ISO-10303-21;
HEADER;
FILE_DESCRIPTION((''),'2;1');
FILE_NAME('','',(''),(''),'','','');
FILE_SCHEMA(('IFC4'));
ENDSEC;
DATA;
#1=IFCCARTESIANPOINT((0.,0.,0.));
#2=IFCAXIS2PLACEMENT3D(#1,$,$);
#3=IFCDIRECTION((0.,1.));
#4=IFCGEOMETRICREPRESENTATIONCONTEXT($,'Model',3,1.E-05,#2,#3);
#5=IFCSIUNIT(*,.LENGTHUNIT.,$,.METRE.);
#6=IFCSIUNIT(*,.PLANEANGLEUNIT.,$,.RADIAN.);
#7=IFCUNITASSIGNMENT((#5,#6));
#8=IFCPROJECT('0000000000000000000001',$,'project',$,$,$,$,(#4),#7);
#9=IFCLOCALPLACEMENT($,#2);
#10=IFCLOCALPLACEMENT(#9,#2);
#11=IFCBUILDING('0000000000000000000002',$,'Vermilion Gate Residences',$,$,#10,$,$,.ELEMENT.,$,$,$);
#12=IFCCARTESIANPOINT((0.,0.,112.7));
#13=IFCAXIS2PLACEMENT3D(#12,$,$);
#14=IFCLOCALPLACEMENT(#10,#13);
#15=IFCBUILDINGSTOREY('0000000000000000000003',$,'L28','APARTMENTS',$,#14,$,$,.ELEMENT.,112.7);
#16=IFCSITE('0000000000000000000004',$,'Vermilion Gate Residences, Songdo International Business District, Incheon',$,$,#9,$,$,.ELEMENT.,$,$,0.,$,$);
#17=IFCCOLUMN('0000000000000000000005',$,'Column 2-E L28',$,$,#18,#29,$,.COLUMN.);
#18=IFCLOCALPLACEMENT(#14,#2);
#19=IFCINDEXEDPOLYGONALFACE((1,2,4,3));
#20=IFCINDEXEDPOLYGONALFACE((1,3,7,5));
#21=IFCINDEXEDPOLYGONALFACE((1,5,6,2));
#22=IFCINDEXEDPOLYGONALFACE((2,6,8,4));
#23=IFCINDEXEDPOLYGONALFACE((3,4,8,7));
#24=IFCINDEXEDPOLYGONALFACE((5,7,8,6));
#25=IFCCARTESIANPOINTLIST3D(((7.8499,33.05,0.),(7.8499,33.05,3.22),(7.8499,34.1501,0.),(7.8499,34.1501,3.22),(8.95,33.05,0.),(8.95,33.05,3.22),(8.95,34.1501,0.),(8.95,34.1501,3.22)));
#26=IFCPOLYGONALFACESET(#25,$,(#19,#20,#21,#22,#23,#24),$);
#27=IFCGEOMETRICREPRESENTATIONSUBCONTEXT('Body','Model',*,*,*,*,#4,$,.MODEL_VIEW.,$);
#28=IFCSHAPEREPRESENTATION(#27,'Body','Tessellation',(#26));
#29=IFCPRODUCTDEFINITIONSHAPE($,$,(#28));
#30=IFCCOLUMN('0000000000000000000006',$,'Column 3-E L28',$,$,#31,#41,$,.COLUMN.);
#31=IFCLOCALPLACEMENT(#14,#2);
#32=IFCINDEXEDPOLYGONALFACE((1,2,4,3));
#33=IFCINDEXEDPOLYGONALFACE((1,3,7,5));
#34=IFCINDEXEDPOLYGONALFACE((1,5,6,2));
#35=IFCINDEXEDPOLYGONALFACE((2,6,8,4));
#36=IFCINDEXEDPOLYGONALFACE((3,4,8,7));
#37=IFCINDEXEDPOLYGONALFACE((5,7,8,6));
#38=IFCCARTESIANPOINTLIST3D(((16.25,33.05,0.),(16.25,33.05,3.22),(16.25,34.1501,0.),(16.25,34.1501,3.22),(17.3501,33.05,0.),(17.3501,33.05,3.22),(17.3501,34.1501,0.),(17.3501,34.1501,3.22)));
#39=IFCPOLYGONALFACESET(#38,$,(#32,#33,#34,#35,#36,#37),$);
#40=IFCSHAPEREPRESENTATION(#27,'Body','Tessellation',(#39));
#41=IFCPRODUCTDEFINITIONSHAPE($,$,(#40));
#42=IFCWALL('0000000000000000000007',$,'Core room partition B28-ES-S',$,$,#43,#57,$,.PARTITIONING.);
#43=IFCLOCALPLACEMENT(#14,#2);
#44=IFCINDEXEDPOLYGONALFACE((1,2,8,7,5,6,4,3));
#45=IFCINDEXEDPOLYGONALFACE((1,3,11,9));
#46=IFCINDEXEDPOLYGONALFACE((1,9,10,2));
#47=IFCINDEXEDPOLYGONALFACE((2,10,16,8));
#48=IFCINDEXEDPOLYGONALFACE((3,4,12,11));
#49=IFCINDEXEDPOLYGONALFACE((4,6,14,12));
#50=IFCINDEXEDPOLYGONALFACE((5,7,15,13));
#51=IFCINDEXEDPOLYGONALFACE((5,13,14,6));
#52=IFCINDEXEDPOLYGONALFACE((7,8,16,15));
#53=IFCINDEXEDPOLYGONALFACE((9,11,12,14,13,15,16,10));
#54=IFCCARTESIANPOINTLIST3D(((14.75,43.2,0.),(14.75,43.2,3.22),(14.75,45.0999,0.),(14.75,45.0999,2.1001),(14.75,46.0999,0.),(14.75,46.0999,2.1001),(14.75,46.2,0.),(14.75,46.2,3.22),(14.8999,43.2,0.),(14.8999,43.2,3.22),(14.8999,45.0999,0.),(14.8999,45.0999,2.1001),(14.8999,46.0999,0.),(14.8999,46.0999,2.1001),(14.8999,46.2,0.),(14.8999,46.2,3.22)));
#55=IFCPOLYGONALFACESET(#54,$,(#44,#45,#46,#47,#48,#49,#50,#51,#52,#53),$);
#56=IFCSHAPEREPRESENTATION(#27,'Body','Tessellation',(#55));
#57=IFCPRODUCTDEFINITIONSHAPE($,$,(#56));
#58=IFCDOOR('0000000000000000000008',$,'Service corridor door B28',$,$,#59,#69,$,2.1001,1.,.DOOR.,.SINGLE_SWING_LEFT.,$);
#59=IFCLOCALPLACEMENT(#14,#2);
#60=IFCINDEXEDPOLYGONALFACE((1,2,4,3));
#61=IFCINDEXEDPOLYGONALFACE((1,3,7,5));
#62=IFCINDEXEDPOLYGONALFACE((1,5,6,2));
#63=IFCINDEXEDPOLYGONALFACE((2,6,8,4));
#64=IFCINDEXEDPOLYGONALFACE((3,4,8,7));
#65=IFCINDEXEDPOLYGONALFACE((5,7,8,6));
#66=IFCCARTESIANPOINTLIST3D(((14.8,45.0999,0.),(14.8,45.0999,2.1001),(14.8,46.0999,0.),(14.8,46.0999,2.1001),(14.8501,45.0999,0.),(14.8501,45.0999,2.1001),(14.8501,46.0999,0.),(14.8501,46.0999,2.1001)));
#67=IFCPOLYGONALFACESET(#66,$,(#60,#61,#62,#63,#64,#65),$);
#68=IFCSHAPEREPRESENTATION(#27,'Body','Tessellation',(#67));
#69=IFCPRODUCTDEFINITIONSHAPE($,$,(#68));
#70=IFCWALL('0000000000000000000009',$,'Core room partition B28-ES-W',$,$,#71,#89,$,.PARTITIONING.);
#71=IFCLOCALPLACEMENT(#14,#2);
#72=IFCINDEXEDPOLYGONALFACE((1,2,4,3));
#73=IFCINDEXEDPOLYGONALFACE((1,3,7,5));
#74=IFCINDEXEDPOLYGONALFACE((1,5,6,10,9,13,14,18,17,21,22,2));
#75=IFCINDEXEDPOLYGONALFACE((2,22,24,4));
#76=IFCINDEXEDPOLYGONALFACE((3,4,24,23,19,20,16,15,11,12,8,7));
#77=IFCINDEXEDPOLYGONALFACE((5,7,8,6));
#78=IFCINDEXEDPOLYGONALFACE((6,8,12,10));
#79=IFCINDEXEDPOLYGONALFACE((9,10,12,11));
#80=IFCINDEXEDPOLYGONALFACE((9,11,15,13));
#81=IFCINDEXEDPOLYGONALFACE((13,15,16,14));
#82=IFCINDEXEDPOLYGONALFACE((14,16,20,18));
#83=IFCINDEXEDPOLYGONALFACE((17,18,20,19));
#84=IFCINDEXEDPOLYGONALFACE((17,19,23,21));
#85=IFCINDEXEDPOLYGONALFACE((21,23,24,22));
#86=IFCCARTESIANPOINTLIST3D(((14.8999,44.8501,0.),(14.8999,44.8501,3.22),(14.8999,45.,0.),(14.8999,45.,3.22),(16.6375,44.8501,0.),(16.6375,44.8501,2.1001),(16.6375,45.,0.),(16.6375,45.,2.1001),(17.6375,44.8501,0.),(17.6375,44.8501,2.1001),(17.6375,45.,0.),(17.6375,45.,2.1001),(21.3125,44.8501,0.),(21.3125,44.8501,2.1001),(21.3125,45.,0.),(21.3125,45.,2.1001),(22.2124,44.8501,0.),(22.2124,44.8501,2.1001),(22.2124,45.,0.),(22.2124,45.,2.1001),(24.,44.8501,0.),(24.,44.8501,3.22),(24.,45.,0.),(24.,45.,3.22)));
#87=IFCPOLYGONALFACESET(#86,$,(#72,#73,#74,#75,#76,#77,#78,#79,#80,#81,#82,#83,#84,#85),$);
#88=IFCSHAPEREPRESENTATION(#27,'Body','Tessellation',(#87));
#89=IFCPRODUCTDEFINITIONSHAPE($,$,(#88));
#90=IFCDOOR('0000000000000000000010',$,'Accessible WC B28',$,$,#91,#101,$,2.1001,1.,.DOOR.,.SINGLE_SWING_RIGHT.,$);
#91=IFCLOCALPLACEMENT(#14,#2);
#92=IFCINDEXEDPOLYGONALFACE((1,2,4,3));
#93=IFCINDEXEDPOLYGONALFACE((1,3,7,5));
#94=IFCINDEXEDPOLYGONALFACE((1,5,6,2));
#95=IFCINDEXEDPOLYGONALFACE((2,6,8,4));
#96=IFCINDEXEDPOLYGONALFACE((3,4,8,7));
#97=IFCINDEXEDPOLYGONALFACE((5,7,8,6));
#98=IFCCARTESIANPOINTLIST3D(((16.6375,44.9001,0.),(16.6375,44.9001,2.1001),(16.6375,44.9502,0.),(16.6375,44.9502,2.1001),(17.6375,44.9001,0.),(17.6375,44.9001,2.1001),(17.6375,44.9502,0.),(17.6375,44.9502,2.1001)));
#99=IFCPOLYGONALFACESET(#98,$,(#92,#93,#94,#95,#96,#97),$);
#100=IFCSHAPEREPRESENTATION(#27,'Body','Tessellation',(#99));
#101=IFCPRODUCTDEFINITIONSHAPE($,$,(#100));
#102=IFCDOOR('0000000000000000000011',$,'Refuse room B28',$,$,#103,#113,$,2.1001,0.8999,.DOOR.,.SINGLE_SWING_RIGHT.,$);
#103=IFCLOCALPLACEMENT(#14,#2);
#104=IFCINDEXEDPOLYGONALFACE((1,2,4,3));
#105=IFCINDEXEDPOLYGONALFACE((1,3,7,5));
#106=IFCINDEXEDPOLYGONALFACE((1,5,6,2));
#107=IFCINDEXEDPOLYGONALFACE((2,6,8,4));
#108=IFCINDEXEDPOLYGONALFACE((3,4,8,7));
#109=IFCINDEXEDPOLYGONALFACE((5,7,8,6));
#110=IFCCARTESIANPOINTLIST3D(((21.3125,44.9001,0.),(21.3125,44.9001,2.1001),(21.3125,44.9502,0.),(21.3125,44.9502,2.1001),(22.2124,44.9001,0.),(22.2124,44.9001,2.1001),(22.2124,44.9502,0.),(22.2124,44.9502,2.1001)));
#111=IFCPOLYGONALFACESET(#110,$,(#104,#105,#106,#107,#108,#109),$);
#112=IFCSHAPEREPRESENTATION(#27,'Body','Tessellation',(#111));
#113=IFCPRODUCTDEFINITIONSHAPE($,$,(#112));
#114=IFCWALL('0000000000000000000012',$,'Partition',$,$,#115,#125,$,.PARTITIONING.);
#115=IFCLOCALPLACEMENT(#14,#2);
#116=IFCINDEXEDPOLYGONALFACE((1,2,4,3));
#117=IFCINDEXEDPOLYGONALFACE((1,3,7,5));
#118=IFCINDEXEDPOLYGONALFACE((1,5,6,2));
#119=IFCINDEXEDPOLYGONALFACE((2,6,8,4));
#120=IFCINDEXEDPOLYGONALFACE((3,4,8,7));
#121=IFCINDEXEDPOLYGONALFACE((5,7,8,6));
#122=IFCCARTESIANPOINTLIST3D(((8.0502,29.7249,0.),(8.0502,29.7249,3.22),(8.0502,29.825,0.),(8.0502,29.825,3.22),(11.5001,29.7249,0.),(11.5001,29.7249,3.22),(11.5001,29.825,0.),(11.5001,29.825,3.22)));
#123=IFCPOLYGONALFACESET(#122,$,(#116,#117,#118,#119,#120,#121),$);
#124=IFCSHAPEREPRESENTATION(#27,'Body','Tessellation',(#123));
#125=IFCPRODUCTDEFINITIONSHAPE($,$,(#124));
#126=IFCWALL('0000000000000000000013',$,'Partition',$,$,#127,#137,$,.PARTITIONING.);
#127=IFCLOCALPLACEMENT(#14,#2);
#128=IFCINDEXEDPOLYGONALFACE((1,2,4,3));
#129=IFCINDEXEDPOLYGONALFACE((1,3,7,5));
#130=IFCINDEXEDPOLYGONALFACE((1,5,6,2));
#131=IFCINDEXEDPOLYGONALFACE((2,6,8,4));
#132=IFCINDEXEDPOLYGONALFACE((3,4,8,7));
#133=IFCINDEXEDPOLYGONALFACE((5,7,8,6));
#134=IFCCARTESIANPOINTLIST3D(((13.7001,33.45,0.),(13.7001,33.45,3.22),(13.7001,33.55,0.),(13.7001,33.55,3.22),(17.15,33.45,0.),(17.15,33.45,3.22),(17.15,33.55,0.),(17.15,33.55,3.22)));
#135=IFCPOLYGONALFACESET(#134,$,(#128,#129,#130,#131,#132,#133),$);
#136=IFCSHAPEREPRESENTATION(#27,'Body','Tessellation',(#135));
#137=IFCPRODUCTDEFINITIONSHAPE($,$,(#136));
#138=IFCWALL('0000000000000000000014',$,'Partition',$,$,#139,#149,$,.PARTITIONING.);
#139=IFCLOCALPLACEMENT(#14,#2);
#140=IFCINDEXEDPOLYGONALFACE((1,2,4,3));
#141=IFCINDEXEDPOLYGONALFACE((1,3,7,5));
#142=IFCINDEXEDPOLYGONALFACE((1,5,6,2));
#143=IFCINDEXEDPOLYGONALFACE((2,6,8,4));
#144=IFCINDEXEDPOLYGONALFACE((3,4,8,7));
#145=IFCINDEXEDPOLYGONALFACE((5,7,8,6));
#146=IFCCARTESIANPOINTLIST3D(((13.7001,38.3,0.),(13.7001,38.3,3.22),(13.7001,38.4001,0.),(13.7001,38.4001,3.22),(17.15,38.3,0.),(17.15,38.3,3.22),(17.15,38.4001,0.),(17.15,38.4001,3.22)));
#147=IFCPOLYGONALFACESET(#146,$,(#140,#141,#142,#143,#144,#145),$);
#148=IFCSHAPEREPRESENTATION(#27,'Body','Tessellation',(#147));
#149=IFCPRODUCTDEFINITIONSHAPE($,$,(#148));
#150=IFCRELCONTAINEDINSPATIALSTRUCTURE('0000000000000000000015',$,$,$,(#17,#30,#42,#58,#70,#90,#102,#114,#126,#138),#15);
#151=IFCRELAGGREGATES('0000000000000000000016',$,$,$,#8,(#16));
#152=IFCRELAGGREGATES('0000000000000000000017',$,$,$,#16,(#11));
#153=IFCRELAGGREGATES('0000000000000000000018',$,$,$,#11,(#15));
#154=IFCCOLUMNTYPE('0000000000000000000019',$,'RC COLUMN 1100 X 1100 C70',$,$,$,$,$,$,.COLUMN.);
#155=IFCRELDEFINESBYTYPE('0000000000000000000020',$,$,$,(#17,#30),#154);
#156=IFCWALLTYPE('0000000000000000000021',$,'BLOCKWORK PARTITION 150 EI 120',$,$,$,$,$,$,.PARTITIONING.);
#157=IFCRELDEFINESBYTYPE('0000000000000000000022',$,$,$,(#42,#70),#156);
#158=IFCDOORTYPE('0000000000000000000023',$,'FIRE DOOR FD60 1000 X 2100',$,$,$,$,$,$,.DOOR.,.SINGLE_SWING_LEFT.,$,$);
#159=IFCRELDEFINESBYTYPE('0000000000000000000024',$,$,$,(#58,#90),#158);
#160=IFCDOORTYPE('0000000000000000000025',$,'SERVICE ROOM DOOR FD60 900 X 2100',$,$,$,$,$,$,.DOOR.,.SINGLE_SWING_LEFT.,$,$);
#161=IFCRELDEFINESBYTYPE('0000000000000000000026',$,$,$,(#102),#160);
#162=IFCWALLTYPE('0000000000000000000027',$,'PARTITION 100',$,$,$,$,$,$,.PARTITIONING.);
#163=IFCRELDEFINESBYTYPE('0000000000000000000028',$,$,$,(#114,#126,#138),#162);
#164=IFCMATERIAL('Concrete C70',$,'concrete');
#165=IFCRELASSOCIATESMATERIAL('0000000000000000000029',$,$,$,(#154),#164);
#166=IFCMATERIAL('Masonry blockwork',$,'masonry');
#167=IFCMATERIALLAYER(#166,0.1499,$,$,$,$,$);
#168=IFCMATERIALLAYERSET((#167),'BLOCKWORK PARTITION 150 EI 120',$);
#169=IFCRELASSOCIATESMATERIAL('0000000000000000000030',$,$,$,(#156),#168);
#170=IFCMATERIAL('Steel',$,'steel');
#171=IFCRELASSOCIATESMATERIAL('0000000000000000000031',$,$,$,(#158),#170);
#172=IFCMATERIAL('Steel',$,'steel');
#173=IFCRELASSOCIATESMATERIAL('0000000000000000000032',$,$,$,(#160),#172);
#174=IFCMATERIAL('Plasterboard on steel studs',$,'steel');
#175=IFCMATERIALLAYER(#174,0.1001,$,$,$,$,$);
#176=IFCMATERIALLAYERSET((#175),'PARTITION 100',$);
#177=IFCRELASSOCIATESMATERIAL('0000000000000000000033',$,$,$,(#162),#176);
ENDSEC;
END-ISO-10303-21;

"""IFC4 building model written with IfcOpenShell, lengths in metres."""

from ifc_helpers import new_model, si_unit, direction, frame, frame_2d, origin, origin_2d, place, context, subcontext, project, spatial, rectangle, extrude, material, layer, layer_set, material_profile, profile_set, type_object, element, fill, save


model = new_model("IFC4")

# Units and contexts
model_context = context("Model", 3, precision=1e-05, world=origin(), true_north=direction((0.0, 1.0)))
body_context = subcontext(model_context, "Body", "Model", "MODEL_VIEW")
ifc_project = project(units=[si_unit("LENGTHUNIT", "METRE"), si_unit("PLANEANGLEUNIT", "RADIAN")], contexts=[model_context])

# Site, building, storey
site_placement = place(None, origin())
site = spatial("IfcSite", under=ifc_project, at=site_placement, Name="Vermilion Gate Residences, Songdo International Business District, Incheon", CompositionType="ELEMENT", RefElevation=0.0)
building_placement = place(site_placement, origin())
building = spatial("IfcBuilding", under=site, at=building_placement, Name="Vermilion Gate Residences", CompositionType="ELEMENT")
storey_placement = place(building_placement, frame((0.0, 0.0, 112.7)))
storey = spatial("IfcBuildingStorey", under=building, at=storey_placement, Name="L28", Description="APARTMENTS", CompositionType="ELEMENT", Elevation=112.7)

# Columns
ifc_material_1 = material(Name="Concrete C70", Category="concrete")
ifc_material_profile = material_profile(ifc_material_1, rectangle(XDim=1.1001, YDim=1.1001, at=origin_2d()), Name="RC-1100x1100")
ifc_profile_set = profile_set([ifc_material_profile], Name="Concrete C70")
column_type = type_object("IfcColumnType", Name="RC COLUMN 1100 X 1100 C70", PredefinedType="COLUMN", material=ifc_profile_set)
for number, where, z_axis, x_axis, name in (
    (1, (8.3999, 33.6001, 0.0), (0.0, 0.0, 1.0), (1.0, 0.0, 0.0), "Column 2-E L28"),
    (2, (16.8, 33.6001, 0.0), (0.0, 0.0, 1.0), (1.0, 0.0, 0.0), "Column 3-E L28"),
):
    element("IfcColumn", number, at=place(storey_placement, frame(where, z_axis=z_axis, x_axis=x_axis)), inside=storey, type_object=column_type, Name=name, PredefinedType="COLUMN", context=body_context, shape_type="SweptSolid", body=[
        extrude(rectangle(XDim=1.1001, YDim=1.1001, at=origin_2d()), origin(), (0.0, 0.0, 1.0), 3.22),
    ])

# Wall, opening, door
ifc_material_2 = material(Name="Masonry blockwork", Category="masonry")
ifc_layer_1 = layer(ifc_material_2, 0.1499)
ifc_layer_set_1 = layer_set([ifc_layer_1], Name="BLOCKWORK PARTITION 150 EI 120")
wall_type_1 = type_object("IfcWallType", Name="BLOCKWORK PARTITION 150 EI 120", PredefinedType="PARTITIONING", material=ifc_layer_set_1)
wall_1_placement = place(storey_placement, frame((14.825, 46.2, 0.0), z_axis=(0.0, 0.0, 1.0), x_axis=(0.0, -1.0, 0.0)))
wall_1 = element("IfcWall", 3, at=wall_1_placement, inside=storey, type_object=wall_type_1, Name="Core room partition B28-ES-S", PredefinedType="PARTITIONING", context=body_context, shape_type="SweptSolid", body=[
    extrude(rectangle(XDim=3.0, YDim=0.1499, at=frame_2d((1.5, 0.0))), origin(), (0.0, 0.0, 1.0), 3.22),
])
opening_1_placement = place(wall_1_placement, frame((0.1001, 0.0, 0.0)))
opening_1 = element("IfcOpeningElement", 4, at=opening_1_placement, cuts=wall_1, PredefinedType="OPENING", context=body_context, shape_type="SweptSolid", body=[
    extrude(rectangle(XDim=1.0, YDim=2.1001, at=frame_2d((0.5, 1.05))), frame((0.0, 0.085, 0.0), z_axis=(0.0, -1.0, 0.0), x_axis=(1.0, 0.0, 0.0)), (0.0, 0.0, 1.0), 0.1699),
])
ifc_material_3 = material(Name="Steel", Category="steel")
door_type_1 = type_object("IfcDoorType", Name="FIRE DOOR FD60 1000 X 2100", OperationType="SINGLE_SWING_LEFT", PredefinedType="DOOR", material=ifc_material_3)
door_1_placement = place(opening_1_placement, frame((1.0, 0.0, 0.0), z_axis=(0.0, 0.0, 1.0), x_axis=(-1.0, 0.0, 0.0)))
door_1 = element("IfcDoor", 5, at=door_1_placement, inside=storey, type_object=door_type_1, Name="Service corridor door B28", OperationType="SINGLE_SWING_LEFT", OverallHeight=2.1001, OverallWidth=1.0, PredefinedType="DOOR", context=body_context, shape_type="SweptSolid", body=[
    extrude(rectangle(XDim=1.0, YDim=2.1001, at=frame_2d((0.5, 1.05))), frame((0.0, 0.0249, 0.0), z_axis=(0.0, -1.0, 0.0), x_axis=(1.0, 0.0, 0.0)), (0.0, 0.0, 1.0), 0.05),
])
fill(opening_1, door_1)

# Wall, openings, doors
wall_2_placement = place(storey_placement, frame((14.8999, 44.925, 0.0), z_axis=(0.0, 0.0, 1.0), x_axis=(1.0, 0.0, 0.0)))
wall_2 = element("IfcWall", 6, at=wall_2_placement, inside=storey, type_object=wall_type_1, Name="Core room partition B28-ES-W", PredefinedType="PARTITIONING", context=body_context, shape_type="SweptSolid", body=[
    extrude(rectangle(XDim=9.1001, YDim=0.1499, at=frame_2d((4.55, 0.0))), origin(), (0.0, 0.0, 1.0), 3.22),
])
opening_2_placement = place(wall_2_placement, frame((1.7375, 0.0, 0.0)))
opening_2 = element("IfcOpeningElement", 7, at=opening_2_placement, cuts=wall_2, PredefinedType="OPENING", context=body_context, shape_type="SweptSolid", body=[
    extrude(rectangle(XDim=1.0, YDim=2.1001, at=frame_2d((0.5, 1.05))), frame((0.0, 0.085, 0.0), z_axis=(0.0, -1.0, 0.0), x_axis=(1.0, 0.0, 0.0)), (0.0, 0.0, 1.0), 0.1699),
])
opening_3_placement = place(wall_2_placement, frame((6.4126, 0.0, 0.0)))
opening_3 = element("IfcOpeningElement", 8, at=opening_3_placement, cuts=wall_2, PredefinedType="OPENING", context=body_context, shape_type="SweptSolid", body=[
    extrude(rectangle(XDim=0.8999, YDim=2.1001, at=frame_2d((0.45, 1.05))), frame((0.0, 0.085, 0.0), z_axis=(0.0, -1.0, 0.0), x_axis=(1.0, 0.0, 0.0)), (0.0, 0.0, 1.0), 0.1699),
])
door_2_placement = place(opening_2_placement, frame((1.0, 0.0, 0.0), z_axis=(0.0, 0.0, 1.0), x_axis=(-1.0, 0.0, 0.0)))
door_2 = element("IfcDoor", 9, at=door_2_placement, inside=storey, type_object=door_type_1, Name="Accessible WC B28", OperationType="SINGLE_SWING_RIGHT", OverallHeight=2.1001, OverallWidth=1.0, PredefinedType="DOOR", context=body_context, shape_type="SweptSolid", body=[
    extrude(rectangle(XDim=1.0, YDim=2.1001, at=frame_2d((0.5, 1.05))), frame((0.0, 0.0249, 0.0), z_axis=(0.0, -1.0, 0.0), x_axis=(1.0, 0.0, 0.0)), (0.0, 0.0, 1.0), 0.05),
])
fill(opening_2, door_2)
ifc_material_4 = material(Name="Steel", Category="steel")
door_type_2 = type_object("IfcDoorType", Name="SERVICE ROOM DOOR FD60 900 X 2100", OperationType="SINGLE_SWING_LEFT", PredefinedType="DOOR", material=ifc_material_4)
door_3_placement = place(opening_3_placement, frame((0.8999, 0.0, 0.0), z_axis=(0.0, 0.0, 1.0), x_axis=(-1.0, 0.0, 0.0)))
door_3 = element("IfcDoor", 10, at=door_3_placement, inside=storey, type_object=door_type_2, Name="Refuse room B28", OperationType="SINGLE_SWING_RIGHT", OverallHeight=2.1001, OverallWidth=0.8999, PredefinedType="DOOR", context=body_context, shape_type="SweptSolid", body=[
    extrude(rectangle(XDim=0.8999, YDim=2.1001, at=frame_2d((0.45, 1.05))), frame((0.0, 0.0249, 0.0), z_axis=(0.0, -1.0, 0.0), x_axis=(1.0, 0.0, 0.0)), (0.0, 0.0, 1.0), 0.05),
])
fill(opening_3, door_3)

# Walls
ifc_material_5 = material(Name="Plasterboard on steel studs", Category="steel")
ifc_layer_2 = layer(ifc_material_5, 0.1001)
ifc_layer_set_2 = layer_set([ifc_layer_2], Name="PARTITION 100")
wall_type_2 = type_object("IfcWallType", Name="PARTITION 100", PredefinedType="PARTITIONING", material=ifc_layer_set_2)
for number, where, z_axis, x_axis, name in (
    (11, (8.05, 29.7749, 0.0), (0.0, 0.0, 1.0), (1.0, 0.0, 0.0), "Partition"),
    (12, (13.7, 33.5, 0.0), (0.0, 0.0, 1.0), (1.0, 0.0, 0.0), "Partition"),
    (13, (13.7, 38.3501, 0.0), (0.0, 0.0, 1.0), (1.0, 0.0, 0.0), "Partition"),
):
    element("IfcWall", number, at=place(storey_placement, frame(where, z_axis=z_axis, x_axis=x_axis)), inside=storey, type_object=wall_type_2, Name=name, PredefinedType="PARTITIONING", context=body_context, shape_type="SweptSolid", body=[
        extrude(rectangle(XDim=3.45, YDim=0.1001, at=frame_2d((1.7251, 0.0))), origin(), (0.0, 0.0, 1.0), 3.22),
    ])

save(model, "model.ifc")
